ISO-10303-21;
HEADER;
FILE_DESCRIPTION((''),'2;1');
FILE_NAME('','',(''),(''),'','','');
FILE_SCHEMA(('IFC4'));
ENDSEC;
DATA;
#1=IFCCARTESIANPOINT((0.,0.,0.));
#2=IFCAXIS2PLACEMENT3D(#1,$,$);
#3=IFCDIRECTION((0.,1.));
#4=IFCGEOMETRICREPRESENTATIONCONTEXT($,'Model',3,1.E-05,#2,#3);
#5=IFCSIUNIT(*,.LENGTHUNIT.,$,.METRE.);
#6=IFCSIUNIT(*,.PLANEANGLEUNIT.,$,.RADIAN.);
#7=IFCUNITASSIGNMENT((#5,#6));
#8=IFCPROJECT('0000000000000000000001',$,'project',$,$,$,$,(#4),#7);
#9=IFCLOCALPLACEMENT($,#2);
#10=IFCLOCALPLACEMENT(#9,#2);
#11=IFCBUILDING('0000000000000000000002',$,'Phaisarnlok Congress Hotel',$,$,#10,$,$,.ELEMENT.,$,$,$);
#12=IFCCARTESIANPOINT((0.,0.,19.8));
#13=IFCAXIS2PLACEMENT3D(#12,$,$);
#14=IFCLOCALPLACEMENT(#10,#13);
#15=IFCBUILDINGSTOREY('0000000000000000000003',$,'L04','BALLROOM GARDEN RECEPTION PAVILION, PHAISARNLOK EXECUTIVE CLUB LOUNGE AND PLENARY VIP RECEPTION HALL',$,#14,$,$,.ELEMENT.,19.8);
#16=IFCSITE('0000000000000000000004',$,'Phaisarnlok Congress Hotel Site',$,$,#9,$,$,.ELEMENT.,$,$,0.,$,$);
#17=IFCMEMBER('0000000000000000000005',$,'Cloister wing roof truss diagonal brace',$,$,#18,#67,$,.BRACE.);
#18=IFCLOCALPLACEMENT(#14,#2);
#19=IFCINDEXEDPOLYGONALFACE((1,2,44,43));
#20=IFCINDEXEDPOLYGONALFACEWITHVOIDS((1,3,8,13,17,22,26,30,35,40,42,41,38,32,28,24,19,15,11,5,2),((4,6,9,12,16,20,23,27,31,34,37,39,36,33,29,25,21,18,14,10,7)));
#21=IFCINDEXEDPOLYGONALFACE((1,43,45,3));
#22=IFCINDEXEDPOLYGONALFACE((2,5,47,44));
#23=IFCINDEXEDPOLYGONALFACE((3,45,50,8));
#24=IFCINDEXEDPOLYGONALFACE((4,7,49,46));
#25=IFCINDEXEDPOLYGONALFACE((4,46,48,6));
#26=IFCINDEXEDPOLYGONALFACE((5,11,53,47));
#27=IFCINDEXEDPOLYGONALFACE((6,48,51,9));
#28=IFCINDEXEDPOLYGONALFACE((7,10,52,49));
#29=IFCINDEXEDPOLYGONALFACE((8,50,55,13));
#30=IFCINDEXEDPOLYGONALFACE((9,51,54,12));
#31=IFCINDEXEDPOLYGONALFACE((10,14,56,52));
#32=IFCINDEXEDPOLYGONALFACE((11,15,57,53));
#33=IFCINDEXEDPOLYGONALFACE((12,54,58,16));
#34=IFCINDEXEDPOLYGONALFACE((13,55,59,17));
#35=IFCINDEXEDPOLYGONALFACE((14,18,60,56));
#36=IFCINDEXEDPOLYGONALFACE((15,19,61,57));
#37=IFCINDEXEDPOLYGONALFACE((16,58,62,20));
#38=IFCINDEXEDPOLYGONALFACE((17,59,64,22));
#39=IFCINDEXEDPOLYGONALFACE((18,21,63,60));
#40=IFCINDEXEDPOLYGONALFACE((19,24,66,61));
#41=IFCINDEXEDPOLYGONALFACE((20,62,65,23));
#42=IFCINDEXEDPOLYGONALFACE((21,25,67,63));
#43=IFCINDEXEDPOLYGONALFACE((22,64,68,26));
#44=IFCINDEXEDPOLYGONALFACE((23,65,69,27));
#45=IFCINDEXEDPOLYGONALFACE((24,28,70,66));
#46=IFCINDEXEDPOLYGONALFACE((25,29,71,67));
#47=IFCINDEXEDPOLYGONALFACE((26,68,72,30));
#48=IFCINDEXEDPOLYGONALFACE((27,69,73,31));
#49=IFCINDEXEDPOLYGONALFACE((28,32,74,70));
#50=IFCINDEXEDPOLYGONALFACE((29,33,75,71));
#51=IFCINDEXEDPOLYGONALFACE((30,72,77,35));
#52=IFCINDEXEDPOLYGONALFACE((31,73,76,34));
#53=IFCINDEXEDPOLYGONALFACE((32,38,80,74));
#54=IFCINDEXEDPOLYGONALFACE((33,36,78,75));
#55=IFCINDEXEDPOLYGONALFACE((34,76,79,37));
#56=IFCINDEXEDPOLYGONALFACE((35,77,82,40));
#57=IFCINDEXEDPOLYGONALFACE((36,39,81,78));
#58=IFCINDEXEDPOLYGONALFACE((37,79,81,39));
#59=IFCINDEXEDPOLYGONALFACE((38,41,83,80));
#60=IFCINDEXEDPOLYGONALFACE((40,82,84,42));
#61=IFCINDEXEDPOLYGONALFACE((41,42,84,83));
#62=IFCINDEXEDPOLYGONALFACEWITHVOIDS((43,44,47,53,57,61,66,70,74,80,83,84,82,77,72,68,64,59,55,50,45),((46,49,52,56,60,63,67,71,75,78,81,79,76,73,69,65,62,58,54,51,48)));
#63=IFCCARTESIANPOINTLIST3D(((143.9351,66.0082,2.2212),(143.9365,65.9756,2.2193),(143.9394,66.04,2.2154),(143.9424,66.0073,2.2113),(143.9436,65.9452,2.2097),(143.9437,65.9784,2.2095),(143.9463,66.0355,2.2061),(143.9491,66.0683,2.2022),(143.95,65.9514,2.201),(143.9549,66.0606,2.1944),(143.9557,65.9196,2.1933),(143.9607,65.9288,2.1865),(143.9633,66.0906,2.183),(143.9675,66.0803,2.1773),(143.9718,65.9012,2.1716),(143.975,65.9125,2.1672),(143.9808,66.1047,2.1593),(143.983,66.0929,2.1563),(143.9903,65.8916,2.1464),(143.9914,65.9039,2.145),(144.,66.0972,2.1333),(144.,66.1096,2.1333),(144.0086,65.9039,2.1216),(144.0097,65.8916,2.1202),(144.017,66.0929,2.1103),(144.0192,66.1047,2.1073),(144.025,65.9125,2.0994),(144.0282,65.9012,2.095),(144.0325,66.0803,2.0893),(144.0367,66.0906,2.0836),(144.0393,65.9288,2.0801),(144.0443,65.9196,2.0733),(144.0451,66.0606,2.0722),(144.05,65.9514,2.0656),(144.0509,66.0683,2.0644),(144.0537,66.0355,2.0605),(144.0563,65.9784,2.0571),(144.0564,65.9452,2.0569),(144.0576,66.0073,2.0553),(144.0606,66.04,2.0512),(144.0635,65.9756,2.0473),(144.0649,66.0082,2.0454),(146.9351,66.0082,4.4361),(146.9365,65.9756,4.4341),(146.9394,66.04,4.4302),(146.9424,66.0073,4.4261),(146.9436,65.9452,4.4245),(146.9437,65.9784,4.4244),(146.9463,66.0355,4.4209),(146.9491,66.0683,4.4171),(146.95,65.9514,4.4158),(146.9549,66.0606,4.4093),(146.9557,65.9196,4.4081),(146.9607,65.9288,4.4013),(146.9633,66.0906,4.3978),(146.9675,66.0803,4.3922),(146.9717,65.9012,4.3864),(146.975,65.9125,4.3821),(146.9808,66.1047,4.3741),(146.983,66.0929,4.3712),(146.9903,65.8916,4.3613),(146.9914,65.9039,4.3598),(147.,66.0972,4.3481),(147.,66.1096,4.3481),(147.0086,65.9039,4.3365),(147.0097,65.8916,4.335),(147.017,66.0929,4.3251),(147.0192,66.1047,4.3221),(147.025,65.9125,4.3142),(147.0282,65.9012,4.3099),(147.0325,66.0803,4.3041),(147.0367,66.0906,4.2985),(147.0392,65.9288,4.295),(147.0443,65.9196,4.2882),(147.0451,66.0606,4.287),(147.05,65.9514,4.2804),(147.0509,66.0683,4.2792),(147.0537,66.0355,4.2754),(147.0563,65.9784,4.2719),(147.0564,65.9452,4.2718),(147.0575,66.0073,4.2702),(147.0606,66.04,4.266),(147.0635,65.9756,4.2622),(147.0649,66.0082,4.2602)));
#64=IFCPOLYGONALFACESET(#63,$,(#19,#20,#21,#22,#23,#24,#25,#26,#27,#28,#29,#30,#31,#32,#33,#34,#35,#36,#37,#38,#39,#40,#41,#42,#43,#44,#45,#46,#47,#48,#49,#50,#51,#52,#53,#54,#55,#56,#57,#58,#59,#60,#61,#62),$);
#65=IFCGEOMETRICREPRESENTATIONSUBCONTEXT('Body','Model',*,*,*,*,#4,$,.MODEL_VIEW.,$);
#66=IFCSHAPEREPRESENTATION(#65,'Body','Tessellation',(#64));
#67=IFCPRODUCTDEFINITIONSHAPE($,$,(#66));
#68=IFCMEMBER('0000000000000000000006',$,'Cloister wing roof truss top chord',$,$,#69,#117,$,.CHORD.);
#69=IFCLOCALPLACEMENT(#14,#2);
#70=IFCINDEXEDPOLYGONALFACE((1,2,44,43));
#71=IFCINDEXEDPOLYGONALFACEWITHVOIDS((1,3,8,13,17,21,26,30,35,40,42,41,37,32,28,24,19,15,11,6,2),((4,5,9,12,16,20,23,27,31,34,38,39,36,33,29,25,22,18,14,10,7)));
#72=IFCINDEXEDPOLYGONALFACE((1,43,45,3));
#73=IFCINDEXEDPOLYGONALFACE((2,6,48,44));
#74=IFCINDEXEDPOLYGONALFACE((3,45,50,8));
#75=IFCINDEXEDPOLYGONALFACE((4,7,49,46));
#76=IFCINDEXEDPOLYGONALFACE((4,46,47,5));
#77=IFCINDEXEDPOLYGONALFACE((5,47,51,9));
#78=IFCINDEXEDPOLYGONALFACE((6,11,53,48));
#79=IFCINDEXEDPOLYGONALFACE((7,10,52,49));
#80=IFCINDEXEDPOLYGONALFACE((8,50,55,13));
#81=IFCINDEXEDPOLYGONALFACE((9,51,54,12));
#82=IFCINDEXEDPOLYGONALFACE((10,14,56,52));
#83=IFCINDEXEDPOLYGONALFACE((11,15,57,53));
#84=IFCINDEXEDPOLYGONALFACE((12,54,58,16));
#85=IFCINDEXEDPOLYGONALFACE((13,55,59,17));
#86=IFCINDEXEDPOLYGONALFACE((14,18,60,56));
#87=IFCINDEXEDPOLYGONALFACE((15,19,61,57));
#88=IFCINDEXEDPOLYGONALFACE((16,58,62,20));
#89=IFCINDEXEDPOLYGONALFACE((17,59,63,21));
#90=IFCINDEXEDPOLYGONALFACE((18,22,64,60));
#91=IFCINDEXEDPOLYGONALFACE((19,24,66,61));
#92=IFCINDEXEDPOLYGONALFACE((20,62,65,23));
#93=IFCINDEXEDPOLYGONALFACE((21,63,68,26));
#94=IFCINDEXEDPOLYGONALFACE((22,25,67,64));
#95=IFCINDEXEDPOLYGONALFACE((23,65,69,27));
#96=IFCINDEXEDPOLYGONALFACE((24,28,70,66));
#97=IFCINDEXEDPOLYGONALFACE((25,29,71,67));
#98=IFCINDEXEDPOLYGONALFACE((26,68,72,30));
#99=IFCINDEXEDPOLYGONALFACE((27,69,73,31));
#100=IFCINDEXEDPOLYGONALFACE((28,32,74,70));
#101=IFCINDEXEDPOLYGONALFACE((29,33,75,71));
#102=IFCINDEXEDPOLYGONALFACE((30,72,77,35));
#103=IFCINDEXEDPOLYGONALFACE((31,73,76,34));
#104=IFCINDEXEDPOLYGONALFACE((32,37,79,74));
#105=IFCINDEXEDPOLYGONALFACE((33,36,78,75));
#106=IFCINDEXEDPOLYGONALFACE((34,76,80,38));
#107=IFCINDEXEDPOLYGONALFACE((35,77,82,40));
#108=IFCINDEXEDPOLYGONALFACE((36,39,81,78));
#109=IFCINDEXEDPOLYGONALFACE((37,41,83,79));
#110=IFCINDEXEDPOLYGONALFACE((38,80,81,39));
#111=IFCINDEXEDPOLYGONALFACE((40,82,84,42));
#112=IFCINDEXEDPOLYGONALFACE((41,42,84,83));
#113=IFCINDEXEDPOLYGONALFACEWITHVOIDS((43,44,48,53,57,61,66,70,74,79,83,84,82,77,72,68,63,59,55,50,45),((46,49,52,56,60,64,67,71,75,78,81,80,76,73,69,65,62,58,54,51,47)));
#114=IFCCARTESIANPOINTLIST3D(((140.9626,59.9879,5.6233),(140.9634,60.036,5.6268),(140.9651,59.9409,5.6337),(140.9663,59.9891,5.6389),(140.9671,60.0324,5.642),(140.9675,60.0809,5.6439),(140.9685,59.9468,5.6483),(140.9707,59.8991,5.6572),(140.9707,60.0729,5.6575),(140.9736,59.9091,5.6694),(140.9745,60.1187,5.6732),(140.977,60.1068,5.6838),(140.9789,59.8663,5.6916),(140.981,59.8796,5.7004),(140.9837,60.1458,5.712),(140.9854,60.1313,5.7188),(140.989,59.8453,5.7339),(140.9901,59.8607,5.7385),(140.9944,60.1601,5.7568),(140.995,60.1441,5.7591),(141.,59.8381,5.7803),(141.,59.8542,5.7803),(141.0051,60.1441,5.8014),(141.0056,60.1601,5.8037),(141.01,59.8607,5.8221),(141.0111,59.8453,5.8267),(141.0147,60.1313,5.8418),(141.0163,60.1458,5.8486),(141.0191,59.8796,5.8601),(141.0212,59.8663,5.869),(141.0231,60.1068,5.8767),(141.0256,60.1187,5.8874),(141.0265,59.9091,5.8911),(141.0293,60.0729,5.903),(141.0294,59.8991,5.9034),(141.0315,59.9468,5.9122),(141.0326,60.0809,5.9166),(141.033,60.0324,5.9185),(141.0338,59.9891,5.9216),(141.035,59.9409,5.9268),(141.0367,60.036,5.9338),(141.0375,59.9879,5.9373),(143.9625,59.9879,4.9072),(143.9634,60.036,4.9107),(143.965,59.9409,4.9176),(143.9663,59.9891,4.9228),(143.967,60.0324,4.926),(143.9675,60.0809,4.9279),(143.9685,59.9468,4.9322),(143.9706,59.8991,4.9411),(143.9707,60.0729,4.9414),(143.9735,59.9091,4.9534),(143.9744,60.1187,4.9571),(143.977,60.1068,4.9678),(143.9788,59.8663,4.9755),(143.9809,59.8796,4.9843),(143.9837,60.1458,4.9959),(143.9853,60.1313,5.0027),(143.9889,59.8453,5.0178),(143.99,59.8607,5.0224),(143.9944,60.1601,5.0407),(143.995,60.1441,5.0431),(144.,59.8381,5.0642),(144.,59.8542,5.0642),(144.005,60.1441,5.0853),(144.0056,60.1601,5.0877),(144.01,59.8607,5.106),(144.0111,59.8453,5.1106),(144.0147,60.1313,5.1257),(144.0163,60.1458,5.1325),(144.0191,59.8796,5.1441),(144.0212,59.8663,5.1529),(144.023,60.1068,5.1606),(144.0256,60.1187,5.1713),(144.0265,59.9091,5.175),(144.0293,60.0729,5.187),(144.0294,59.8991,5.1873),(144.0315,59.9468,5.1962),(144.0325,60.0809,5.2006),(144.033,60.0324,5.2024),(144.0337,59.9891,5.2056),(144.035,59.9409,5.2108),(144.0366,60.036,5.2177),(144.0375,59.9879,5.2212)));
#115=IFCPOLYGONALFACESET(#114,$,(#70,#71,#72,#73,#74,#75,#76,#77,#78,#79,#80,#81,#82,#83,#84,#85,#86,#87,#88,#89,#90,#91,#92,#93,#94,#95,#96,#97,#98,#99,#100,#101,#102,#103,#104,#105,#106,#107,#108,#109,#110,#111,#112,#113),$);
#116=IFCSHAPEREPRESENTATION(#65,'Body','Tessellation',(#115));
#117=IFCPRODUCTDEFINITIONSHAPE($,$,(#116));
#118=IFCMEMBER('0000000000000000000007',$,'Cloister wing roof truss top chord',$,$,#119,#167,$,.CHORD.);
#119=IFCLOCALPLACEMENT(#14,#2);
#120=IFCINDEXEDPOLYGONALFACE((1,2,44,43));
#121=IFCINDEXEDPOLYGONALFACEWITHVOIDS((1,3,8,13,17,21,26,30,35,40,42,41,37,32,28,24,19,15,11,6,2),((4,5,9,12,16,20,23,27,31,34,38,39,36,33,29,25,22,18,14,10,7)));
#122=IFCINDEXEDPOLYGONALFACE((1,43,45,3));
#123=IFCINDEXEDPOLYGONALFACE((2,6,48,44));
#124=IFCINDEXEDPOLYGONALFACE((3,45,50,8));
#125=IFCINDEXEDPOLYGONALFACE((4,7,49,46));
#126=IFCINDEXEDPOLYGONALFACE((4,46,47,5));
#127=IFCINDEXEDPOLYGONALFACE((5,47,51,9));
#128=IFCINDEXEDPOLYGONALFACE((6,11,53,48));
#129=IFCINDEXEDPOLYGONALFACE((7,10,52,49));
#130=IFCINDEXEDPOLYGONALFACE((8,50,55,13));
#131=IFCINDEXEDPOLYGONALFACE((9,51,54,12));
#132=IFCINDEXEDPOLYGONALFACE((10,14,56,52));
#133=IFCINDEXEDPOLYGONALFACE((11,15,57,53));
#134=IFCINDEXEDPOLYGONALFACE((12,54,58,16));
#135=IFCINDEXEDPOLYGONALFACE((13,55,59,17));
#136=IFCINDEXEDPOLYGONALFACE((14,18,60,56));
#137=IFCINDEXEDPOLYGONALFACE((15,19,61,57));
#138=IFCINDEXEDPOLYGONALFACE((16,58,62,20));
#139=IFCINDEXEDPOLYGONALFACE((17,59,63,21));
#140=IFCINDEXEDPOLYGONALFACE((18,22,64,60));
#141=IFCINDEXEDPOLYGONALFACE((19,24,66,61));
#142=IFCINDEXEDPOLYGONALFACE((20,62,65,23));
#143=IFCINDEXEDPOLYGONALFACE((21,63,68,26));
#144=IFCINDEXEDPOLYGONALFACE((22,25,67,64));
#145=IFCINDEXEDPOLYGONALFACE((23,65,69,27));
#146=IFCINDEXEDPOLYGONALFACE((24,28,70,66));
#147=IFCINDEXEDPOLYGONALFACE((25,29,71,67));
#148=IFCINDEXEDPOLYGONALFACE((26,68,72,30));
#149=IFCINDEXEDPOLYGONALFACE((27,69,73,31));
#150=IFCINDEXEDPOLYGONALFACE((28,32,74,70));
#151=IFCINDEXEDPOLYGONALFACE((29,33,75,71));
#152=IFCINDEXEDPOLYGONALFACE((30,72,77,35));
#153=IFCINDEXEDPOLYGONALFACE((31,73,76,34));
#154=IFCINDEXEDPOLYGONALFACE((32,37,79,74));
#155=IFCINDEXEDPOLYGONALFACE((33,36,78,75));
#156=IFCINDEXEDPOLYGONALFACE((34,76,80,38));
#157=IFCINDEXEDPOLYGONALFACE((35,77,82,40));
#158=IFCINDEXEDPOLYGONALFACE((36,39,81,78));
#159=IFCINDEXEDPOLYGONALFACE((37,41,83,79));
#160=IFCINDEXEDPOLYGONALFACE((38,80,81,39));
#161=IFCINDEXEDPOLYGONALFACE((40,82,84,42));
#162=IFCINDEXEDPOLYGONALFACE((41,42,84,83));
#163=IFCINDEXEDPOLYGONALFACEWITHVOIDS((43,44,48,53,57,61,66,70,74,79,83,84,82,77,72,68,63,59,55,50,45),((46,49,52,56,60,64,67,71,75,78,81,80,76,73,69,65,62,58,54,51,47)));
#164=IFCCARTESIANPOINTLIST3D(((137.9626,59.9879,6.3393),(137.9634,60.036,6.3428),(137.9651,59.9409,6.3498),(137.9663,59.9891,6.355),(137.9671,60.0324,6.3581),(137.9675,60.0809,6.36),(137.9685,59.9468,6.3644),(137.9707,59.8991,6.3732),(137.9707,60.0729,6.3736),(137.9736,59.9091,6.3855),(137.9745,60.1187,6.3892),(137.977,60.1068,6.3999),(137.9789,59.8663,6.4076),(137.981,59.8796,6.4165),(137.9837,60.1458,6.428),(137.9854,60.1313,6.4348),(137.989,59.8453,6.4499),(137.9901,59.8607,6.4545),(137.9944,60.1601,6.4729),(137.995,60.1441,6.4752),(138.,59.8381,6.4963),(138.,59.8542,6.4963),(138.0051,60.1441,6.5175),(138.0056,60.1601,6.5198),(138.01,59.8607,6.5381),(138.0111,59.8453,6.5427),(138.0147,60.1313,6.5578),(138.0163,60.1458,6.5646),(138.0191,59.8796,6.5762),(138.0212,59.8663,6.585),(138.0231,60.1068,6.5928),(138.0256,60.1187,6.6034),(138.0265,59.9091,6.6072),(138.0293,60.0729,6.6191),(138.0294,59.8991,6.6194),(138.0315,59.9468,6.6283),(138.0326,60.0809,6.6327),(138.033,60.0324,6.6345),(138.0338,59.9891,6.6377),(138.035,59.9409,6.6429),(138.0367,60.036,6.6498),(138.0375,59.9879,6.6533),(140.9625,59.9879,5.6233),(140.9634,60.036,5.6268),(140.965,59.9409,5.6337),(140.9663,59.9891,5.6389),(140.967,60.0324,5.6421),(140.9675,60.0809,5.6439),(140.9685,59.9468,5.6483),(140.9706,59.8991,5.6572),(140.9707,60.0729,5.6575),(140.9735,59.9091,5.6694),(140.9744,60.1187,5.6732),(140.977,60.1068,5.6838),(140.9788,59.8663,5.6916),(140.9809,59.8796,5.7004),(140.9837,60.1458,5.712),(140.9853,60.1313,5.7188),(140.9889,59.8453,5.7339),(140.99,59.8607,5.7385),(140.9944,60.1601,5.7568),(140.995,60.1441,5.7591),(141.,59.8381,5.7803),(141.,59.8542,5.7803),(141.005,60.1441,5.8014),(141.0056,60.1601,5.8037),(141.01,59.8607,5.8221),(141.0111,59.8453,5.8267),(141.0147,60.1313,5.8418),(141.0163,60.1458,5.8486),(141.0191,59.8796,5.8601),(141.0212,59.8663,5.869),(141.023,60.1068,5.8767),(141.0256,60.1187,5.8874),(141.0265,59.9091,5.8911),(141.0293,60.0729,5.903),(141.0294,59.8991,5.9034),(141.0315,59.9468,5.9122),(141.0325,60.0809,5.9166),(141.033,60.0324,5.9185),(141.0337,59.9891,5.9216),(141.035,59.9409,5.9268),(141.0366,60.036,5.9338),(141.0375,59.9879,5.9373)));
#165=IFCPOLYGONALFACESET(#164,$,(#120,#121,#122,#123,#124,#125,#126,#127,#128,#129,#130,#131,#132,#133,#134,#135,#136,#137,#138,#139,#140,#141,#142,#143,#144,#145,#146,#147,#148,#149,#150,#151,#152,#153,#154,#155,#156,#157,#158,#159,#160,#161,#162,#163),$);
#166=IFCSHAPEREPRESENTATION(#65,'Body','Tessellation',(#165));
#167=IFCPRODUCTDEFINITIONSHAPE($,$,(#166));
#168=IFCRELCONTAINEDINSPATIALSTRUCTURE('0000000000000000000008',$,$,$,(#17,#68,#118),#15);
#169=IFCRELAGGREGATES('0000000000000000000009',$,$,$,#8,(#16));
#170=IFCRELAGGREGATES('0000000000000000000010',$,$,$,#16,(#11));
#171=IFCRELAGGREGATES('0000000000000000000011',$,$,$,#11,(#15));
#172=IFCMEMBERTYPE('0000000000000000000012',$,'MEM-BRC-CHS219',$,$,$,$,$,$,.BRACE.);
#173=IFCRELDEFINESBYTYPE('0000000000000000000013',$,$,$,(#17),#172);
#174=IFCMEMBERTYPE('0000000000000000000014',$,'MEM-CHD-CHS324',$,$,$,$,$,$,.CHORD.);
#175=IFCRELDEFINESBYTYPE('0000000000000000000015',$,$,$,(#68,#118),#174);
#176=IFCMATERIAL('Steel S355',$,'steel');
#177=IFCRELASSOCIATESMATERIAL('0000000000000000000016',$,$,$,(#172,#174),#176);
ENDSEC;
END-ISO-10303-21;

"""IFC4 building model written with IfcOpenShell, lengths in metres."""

from ifc_helpers import new_model, si_unit, direction, frame, origin, origin_2d, place, context, subcontext, project, spatial, hollow_circle, extrude, material, material_profile, profile_set, type_object, element, save


model = new_model("IFC4")

# Units and contexts
model_context = context("Model", 3, precision=1e-05, world=origin(), true_north=direction((0.0, 1.0)))
body_context = subcontext(model_context, "Body", "Model", "MODEL_VIEW")
ifc_project = project(units=[si_unit("LENGTHUNIT", "METRE"), si_unit("PLANEANGLEUNIT", "RADIAN")], contexts=[model_context])

# Site, building, storey
site_placement = place(None, origin())
site = spatial("IfcSite", under=ifc_project, at=site_placement, Name="Phaisarnlok Congress Hotel Site", CompositionType="ELEMENT", RefElevation=0.0)
building_placement = place(site_placement, origin())
building = spatial("IfcBuilding", under=site, at=building_placement, Name="Phaisarnlok Congress Hotel", CompositionType="ELEMENT")
storey_placement = place(building_placement, frame((0.0, 0.0, 19.8)))
storey = spatial("IfcBuildingStorey", under=building, at=storey_placement, Name="L04", Description="BALLROOM GARDEN RECEPTION PAVILION, PHAISARNLOK EXECUTIVE CLUB LOUNGE AND PLENARY VIP RECEPTION HALL", CompositionType="ELEMENT", Elevation=19.8)

# Shared definitions
ifc_material = material(Name="Steel S355", Category="steel")

# Members
ifc_material_profile_1 = material_profile(ifc_material, hollow_circle(Radius=0.1096, WallThickness=0.0125, at=origin_2d()), Name="CHS 219.1x12.5")
ifc_profile_set_1 = profile_set([ifc_material_profile_1], Name="Steel S355")
member_type_1 = type_object("IfcMemberType", Name="MEM-BRC-CHS219", PredefinedType="BRACE", material=ifc_profile_set_1)
member_1_placement = place(storey_placement, frame((144.0, 66.0, 2.1333), z_axis=(0.804503, 0.0, 0.593949), x_axis=(0.0, 1.0, 0.0)))
element("IfcMember", 1, at=member_1_placement, inside=storey, type_object=member_type_1, Name="Cloister wing roof truss diagonal brace", PredefinedType="BRACE", context=body_context, shape_type="SweptSolid", body=[
    extrude(hollow_circle(Radius=0.1096, WallThickness=0.0125, at=origin_2d()), origin(), (0.0, 0.0, 1.0), 3.729),
])
ifc_material_profile_2 = material_profile(ifc_material, hollow_circle(Radius=0.1619, WallThickness=0.0161, at=origin_2d()), Name="CHS 323.9x16")
ifc_profile_set_2 = profile_set([ifc_material_profile_2], Name="Steel S355")
member_type_2 = type_object("IfcMemberType", Name="MEM-CHD-CHS324", PredefinedType="CHORD", material=ifc_profile_set_2)
for number, where, z_axis, x_axis, name in (
    (2, (144.0, 60.0, 5.0642), (-0.972676, 0.0, 0.232166), (0.0, -1.0, 0.0), "Cloister wing roof truss top chord"),
    (3, (141.0, 60.0, 5.7803), (-0.972676, 0.0, 0.232166), (0.0, -1.0, 0.0), "Cloister wing roof truss top chord"),
):
    element("IfcMember", number, at=place(storey_placement, frame(where, z_axis=z_axis, x_axis=x_axis)), inside=storey, type_object=member_type_2, Name=name, PredefinedType="CHORD", context=body_context, shape_type="SweptSolid", body=[
        extrude(hollow_circle(Radius=0.1619, WallThickness=0.0161, at=origin_2d()), origin(), (0.0, 0.0, 1.0), 3.0842),
    ])

save(model, "model.ifc")
